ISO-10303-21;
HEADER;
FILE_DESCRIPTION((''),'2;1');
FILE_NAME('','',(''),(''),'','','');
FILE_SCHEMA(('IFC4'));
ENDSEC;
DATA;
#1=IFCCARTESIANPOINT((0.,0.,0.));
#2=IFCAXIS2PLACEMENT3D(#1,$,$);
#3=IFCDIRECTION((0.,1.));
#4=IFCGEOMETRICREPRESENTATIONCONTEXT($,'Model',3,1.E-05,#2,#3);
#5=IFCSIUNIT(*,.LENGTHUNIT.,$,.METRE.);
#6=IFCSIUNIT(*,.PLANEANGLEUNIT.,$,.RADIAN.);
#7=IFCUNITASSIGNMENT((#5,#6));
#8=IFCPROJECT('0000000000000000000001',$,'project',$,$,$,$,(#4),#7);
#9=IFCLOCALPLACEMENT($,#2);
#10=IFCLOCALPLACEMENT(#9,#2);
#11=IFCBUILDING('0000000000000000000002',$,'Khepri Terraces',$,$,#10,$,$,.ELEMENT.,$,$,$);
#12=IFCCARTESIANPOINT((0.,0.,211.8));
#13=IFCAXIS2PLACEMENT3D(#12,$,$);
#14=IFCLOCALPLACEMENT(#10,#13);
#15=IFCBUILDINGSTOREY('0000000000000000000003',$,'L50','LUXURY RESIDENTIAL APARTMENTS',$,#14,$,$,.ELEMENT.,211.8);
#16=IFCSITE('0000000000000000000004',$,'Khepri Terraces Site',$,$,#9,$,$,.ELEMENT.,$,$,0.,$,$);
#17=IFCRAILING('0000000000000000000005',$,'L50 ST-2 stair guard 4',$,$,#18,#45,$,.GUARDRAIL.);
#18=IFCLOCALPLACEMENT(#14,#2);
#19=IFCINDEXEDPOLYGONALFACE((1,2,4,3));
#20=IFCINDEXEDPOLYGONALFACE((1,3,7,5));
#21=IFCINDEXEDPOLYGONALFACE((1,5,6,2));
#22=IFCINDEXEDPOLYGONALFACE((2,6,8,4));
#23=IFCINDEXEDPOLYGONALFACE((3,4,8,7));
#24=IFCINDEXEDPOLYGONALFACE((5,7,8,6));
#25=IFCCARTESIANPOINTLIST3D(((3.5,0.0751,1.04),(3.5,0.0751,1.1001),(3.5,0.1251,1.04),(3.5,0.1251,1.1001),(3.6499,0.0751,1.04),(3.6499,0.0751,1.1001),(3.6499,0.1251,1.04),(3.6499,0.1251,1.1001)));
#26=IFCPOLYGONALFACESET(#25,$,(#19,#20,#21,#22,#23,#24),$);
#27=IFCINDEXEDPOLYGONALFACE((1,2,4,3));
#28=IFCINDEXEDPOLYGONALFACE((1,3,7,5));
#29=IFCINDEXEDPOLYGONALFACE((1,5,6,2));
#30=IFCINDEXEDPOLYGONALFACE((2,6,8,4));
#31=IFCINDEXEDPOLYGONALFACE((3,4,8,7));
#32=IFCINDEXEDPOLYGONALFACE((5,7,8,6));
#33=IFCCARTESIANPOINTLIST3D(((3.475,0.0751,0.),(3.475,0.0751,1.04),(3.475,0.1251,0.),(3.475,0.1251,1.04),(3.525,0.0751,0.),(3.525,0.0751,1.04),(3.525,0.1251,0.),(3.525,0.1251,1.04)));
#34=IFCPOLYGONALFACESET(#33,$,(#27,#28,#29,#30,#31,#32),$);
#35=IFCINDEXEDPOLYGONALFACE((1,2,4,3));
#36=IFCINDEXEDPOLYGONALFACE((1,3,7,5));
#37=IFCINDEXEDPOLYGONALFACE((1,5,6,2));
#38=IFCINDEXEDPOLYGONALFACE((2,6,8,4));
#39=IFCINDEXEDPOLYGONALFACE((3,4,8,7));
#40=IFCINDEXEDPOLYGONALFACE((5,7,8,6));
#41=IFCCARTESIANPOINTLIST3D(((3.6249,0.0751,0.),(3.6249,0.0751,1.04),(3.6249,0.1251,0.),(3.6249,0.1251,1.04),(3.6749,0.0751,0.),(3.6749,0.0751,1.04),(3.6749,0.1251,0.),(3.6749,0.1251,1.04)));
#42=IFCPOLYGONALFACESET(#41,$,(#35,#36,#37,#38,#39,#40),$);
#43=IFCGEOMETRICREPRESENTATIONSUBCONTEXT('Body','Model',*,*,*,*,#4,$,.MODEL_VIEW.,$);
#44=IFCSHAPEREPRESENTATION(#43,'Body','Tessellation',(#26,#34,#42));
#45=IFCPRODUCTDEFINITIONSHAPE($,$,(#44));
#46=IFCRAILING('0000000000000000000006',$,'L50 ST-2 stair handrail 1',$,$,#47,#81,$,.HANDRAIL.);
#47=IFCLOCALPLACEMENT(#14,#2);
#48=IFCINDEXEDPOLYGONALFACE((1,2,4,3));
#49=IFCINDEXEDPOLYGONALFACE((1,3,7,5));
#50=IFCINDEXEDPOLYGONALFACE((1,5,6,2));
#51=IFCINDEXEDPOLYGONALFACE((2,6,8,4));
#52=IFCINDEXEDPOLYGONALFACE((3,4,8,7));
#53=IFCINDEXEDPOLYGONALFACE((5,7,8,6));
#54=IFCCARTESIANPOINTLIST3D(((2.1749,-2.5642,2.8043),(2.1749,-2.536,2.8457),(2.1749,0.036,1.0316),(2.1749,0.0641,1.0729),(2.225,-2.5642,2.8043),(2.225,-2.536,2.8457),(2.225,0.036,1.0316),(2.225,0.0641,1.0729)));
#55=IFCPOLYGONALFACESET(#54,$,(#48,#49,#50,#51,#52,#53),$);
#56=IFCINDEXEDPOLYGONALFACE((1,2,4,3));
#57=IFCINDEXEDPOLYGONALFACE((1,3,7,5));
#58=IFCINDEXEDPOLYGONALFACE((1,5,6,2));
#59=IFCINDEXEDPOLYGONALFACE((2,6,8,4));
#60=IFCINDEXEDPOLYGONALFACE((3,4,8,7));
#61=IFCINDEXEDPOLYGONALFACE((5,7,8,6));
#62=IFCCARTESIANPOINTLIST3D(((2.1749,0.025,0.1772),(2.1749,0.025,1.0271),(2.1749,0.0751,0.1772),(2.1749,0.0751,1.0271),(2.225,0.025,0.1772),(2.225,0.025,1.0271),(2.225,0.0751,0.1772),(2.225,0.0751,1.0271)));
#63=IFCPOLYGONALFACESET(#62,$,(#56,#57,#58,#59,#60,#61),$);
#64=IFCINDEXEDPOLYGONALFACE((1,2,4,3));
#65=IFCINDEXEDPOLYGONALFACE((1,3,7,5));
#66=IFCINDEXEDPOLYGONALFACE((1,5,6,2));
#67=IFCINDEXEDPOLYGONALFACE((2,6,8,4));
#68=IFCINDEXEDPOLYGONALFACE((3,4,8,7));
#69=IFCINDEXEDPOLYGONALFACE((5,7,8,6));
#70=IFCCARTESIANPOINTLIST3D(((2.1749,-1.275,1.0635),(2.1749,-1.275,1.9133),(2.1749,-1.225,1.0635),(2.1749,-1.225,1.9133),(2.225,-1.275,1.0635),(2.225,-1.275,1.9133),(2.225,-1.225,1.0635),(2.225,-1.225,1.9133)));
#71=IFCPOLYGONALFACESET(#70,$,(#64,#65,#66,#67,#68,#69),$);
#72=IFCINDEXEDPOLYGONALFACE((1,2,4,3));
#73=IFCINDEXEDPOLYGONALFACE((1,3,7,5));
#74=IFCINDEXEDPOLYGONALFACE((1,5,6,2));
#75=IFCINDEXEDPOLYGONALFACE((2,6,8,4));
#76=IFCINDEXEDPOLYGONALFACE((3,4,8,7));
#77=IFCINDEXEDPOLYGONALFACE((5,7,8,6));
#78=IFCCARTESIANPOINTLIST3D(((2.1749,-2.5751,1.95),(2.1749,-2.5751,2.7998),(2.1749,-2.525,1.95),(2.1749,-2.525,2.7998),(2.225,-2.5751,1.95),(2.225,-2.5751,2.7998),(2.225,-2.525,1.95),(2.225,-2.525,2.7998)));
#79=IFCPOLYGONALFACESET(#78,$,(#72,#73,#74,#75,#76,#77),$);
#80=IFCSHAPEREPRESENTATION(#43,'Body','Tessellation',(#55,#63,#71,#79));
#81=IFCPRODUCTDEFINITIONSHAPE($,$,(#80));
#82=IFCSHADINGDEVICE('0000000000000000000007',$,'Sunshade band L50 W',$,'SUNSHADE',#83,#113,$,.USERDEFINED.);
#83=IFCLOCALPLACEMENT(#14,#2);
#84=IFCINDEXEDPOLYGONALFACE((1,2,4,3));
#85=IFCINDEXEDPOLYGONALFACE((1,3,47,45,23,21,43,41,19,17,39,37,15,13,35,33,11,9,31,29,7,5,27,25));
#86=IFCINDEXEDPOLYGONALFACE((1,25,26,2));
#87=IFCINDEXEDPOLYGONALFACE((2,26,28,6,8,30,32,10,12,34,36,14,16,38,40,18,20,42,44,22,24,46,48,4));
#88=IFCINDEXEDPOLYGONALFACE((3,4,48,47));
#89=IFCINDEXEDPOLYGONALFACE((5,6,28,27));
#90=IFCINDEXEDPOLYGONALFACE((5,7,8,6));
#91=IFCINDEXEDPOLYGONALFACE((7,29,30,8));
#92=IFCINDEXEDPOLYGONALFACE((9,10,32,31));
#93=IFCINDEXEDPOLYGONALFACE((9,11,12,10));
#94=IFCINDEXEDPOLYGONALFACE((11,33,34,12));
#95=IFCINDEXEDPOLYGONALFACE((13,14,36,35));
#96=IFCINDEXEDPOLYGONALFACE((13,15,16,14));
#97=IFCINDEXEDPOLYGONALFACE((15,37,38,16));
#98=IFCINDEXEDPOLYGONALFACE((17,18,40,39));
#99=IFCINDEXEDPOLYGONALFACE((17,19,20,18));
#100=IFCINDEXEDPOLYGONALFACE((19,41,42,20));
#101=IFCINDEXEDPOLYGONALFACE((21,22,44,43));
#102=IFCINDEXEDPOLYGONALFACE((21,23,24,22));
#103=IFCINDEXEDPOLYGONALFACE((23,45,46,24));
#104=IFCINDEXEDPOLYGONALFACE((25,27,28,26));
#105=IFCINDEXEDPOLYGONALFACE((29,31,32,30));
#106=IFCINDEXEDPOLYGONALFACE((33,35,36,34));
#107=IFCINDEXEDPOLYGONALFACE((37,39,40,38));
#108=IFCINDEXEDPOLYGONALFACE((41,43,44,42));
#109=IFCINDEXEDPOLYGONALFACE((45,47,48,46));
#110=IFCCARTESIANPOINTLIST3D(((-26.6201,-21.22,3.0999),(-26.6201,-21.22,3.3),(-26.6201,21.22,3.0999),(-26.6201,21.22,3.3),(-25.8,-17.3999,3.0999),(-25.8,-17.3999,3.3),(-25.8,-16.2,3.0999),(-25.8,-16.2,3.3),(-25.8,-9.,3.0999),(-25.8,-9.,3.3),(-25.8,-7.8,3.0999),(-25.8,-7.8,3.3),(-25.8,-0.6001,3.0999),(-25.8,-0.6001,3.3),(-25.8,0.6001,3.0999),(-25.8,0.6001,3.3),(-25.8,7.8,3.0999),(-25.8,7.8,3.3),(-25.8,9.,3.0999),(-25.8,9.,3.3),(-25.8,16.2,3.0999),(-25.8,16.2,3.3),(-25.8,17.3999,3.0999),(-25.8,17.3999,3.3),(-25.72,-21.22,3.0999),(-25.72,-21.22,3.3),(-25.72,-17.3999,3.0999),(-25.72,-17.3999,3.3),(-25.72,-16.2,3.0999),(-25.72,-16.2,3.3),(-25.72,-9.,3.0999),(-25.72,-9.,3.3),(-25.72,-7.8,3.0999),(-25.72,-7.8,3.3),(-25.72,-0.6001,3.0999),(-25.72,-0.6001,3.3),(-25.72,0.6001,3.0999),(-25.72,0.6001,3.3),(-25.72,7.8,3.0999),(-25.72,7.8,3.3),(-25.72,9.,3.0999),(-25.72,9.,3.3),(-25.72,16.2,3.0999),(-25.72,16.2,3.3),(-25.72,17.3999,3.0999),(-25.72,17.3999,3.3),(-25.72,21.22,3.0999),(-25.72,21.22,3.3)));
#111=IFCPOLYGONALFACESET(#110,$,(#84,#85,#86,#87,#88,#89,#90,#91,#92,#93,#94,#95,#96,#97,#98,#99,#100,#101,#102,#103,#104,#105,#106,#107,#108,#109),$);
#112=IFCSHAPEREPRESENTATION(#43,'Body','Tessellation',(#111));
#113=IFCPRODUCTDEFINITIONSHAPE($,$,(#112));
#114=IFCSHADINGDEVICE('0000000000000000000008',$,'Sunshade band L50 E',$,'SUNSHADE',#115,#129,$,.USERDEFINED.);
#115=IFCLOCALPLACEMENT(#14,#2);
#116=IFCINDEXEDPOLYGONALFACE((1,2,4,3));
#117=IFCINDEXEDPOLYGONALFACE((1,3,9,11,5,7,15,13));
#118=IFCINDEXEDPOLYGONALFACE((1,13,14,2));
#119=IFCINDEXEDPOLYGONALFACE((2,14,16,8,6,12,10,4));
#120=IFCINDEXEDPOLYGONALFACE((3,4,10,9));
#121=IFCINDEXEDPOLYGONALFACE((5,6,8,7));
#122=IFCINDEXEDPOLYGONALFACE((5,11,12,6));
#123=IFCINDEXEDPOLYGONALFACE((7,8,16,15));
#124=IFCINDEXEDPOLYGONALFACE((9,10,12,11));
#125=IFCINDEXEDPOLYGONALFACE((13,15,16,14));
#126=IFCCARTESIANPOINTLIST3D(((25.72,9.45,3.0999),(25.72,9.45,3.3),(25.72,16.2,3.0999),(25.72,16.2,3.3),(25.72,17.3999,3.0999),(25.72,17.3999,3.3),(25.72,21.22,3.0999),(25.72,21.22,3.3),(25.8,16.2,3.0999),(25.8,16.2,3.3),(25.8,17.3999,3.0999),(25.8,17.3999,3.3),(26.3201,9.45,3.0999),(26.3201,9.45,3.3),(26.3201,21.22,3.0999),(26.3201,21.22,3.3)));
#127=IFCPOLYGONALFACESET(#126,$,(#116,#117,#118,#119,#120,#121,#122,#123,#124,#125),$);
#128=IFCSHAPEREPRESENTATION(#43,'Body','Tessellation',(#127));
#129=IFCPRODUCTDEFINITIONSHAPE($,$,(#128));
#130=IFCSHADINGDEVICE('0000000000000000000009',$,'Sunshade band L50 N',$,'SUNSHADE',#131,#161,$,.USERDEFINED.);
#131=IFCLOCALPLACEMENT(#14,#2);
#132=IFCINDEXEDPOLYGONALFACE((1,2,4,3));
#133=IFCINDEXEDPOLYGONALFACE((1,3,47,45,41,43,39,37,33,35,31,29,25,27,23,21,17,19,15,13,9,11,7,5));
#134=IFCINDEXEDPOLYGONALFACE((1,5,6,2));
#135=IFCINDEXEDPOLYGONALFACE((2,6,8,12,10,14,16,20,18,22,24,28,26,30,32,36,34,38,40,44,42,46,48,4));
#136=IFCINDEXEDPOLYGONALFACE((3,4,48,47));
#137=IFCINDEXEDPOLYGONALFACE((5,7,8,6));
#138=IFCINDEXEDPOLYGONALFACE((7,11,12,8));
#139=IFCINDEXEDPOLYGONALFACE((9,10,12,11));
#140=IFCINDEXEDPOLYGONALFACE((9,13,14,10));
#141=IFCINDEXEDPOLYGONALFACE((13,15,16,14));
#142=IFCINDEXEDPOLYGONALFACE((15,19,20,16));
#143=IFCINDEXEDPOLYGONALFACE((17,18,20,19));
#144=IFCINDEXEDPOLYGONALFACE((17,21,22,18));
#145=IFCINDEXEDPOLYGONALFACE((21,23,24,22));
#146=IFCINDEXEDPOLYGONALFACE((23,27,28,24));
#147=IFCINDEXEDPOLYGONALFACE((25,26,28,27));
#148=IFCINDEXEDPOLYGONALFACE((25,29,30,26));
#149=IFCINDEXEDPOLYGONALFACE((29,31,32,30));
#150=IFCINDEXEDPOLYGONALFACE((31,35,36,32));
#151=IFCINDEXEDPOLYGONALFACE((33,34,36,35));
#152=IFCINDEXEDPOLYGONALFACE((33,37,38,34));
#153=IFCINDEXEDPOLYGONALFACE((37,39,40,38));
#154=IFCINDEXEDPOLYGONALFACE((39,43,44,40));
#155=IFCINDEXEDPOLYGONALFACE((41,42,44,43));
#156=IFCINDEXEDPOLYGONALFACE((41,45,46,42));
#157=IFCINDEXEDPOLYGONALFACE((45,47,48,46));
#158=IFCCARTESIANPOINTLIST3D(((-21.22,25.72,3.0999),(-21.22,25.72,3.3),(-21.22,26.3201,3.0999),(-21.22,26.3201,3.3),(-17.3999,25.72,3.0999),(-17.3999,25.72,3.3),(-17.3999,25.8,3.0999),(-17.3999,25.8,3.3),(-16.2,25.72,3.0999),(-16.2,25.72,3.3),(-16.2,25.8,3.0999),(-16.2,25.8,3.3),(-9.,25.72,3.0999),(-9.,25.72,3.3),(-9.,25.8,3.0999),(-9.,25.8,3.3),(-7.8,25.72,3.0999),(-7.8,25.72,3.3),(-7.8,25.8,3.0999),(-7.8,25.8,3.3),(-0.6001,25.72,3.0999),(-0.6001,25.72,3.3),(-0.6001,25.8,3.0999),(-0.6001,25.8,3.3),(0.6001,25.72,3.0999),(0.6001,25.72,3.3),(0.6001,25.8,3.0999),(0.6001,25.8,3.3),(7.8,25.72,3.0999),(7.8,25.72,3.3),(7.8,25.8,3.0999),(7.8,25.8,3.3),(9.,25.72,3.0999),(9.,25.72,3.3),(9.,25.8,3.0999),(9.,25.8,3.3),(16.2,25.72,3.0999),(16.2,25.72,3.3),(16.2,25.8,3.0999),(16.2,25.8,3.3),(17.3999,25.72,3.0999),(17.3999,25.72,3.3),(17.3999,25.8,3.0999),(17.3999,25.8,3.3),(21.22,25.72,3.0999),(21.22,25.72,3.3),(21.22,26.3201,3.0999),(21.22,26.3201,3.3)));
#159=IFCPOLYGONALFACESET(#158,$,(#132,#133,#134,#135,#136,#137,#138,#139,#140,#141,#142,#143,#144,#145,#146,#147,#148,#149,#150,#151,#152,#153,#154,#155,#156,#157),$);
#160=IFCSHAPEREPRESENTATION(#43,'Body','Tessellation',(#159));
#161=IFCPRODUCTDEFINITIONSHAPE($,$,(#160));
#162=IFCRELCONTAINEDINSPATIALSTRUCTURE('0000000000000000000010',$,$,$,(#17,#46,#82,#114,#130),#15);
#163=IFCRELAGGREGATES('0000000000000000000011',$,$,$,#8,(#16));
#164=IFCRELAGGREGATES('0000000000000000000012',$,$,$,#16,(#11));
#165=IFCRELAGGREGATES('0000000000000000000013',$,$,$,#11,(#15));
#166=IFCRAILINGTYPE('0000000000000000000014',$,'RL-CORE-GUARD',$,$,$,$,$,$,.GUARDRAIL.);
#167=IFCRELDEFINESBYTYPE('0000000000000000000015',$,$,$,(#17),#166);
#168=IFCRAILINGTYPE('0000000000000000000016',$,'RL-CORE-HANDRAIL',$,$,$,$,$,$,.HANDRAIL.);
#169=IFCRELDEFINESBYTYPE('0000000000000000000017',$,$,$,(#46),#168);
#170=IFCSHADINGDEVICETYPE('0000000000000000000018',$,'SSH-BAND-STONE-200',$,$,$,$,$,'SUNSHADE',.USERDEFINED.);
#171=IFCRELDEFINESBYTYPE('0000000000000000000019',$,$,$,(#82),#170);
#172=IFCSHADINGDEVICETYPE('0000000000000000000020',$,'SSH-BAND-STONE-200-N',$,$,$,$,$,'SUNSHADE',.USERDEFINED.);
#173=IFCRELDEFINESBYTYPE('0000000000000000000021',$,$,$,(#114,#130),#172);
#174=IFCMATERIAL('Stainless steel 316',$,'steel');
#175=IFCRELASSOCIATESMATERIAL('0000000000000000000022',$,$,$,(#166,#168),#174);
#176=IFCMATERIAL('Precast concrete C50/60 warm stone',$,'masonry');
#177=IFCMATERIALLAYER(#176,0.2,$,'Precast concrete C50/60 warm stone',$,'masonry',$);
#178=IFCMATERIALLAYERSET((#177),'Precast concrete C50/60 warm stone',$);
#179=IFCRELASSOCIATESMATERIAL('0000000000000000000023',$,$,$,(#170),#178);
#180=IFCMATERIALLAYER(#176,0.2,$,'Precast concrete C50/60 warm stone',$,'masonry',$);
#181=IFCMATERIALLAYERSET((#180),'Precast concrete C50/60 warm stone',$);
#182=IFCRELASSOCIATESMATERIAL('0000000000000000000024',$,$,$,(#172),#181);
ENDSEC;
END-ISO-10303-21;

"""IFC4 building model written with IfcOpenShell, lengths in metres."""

from ifc_helpers import new_model, si_unit, direction, frame, origin, origin_2d, place, context, subcontext, project, spatial, polyline, rectangle, outline, extrude, material, layer, layer_set, type_object, element, save


model = new_model("IFC4")

# Units and contexts
model_context = context("Model", 3, precision=1e-05, world=origin(), true_north=direction((0.0, 1.0)))
body_context = subcontext(model_context, "Body", "Model", "MODEL_VIEW")
ifc_project = project(units=[si_unit("LENGTHUNIT", "METRE"), si_unit("PLANEANGLEUNIT", "RADIAN")], contexts=[model_context])

# Site, building, storey
site_placement = place(None, origin())
site = spatial("IfcSite", under=ifc_project, at=site_placement, Name="Khepri Terraces Site", CompositionType="ELEMENT", RefElevation=0.0)
building_placement = place(site_placement, origin())
building = spatial("IfcBuilding", under=site, at=building_placement, Name="Khepri Terraces", CompositionType="ELEMENT")
storey_placement = place(building_placement, frame((0.0, 0.0, 211.8)))
storey = spatial("IfcBuildingStorey", under=building, at=storey_placement, Name="L50", Description="LUXURY RESIDENTIAL APARTMENTS", CompositionType="ELEMENT", Elevation=211.8)

# Railings
ifc_material_1 = material(Name="Stainless steel 316", Category="steel")
railing_type_1 = type_object("IfcRailingType", Name="RL-CORE-GUARD", PredefinedType="GUARDRAIL", material=ifc_material_1)
railing_1_placement = place(storey_placement, frame((3.5, 0.1001, 0.0)))
element("IfcRailing", 1, at=railing_1_placement, inside=storey, type_object=railing_type_1, Name="L50 ST-2 stair guard 4", PredefinedType="GUARDRAIL", context=body_context, shape_type="SweptSolid", body=[
    extrude(rectangle(XDim=0.05, YDim=0.0601, at=origin_2d()), frame((0.0, 0.0, 1.0701), z_axis=(1.0, 0.0, 0.0), x_axis=(0.0, 1.0, 0.0)), (0.0, 0.0, 1.0), 0.1499),
    extrude(rectangle(XDim=0.05, YDim=0.05, at=origin_2d()), origin(), (0.0, 0.0, 1.0), 1.04),
    extrude(rectangle(XDim=0.05, YDim=0.05, at=origin_2d()), frame((0.1499, 0.0, 0.0)), (0.0, 0.0, 1.0), 1.04),
])
railing_type_2 = type_object("IfcRailingType", Name="RL-CORE-HANDRAIL", PredefinedType="HANDRAIL", material=ifc_material_1)
railing_2_placement = place(storey_placement, frame((2.2, 0.05, 0.1772)))
element("IfcRailing", 2, at=railing_2_placement, inside=storey, type_object=railing_type_2, Name="L50 ST-2 stair handrail 1", PredefinedType="HANDRAIL", context=body_context, shape_type="SweptSolid", body=[
    extrude(rectangle(XDim=0.05, YDim=0.05, at=origin_2d()), frame((0.0, 0.0, 0.875), z_axis=(0.0, -0.82624, 0.563318), x_axis=(1.0, 0.0, 0.0)), (0.0, 0.0, 1.0), 3.147),
    extrude(rectangle(XDim=0.05, YDim=0.05, at=origin_2d()), origin(), (0.0, 0.0, 1.0), 0.8499),
    extrude(rectangle(XDim=0.05, YDim=0.05, at=origin_2d()), frame((0.0, -1.3, 0.8862)), (0.0, 0.0, 1.0), 0.8499),
    extrude(rectangle(XDim=0.05, YDim=0.05, at=origin_2d()), frame((0.0, -2.6001, 1.7727)), (0.0, 0.0, 1.0), 0.8499),
])

# Shading devices
ifc_material_2 = material(Name="Precast concrete C50/60 warm stone", Category="masonry")
ifc_layer_1 = layer(ifc_material_2, 0.2, Name="Precast concrete C50/60 warm stone", Category="masonry")
ifc_layer_set_1 = layer_set([ifc_layer_1], Name="Precast concrete C50/60 warm stone")
shading_device_type_1 = type_object("IfcShadingDeviceType", Name="SSH-BAND-STONE-200", ElementType="SUNSHADE", PredefinedType="USERDEFINED", material=ifc_layer_set_1)
shading_device_1_placement = place(storey_placement, frame((0.0, 0.0, 3.0999)))
element("IfcShadingDevice", 3, at=shading_device_1_placement, inside=storey, type_object=shading_device_type_1, Name="Sunshade band L50 W", ObjectType="SUNSHADE", PredefinedType="USERDEFINED", context=body_context, shape_type="SweptSolid", body=[
    extrude(outline(polyline([(-25.72, 17.3999), (-25.72, 21.22), (-26.6201, 21.22), (-26.6201, -21.22), (-25.72, -21.22), (-25.72, -17.3999), (-25.8, -17.3999), (-25.8, -16.2), (-25.72, -16.2), (-25.72, -9.0), (-25.8, -9.0), (-25.8, -7.8), (-25.72, -7.8), (-25.72, -0.6001), (-25.8, -0.6001), (-25.8, 0.6001), (-25.72, 0.6001), (-25.72, 7.8), (-25.8, 7.8), (-25.8, 9.0), (-25.72, 9.0), (-25.72, 16.2), (-25.8, 16.2), (-25.8, 17.3999), (-25.72, 17.3999)])), origin(), (0.0, 0.0, 1.0), 0.2002),
])
ifc_layer_2 = layer(ifc_material_2, 0.2, Name="Precast concrete C50/60 warm stone", Category="masonry")
ifc_layer_set_2 = layer_set([ifc_layer_2], Name="Precast concrete C50/60 warm stone")
shading_device_type_2 = type_object("IfcShadingDeviceType", Name="SSH-BAND-STONE-200-N", ElementType="SUNSHADE", PredefinedType="USERDEFINED", material=ifc_layer_set_2)
shading_device_2_placement = place(storey_placement, frame((0.0, 0.0, 3.0999)))
element("IfcShadingDevice", 4, at=shading_device_2_placement, inside=storey, type_object=shading_device_type_2, Name="Sunshade band L50 E", ObjectType="SUNSHADE", PredefinedType="USERDEFINED", context=body_context, shape_type="SweptSolid", body=[
    extrude(outline(polyline([(25.72, 16.2), (25.72, 9.45), (26.3201, 9.45), (26.3201, 21.22), (25.72, 21.22), (25.72, 17.3999), (25.8, 17.3999), (25.8, 16.2), (25.72, 16.2)])), origin(), (0.0, 0.0, 1.0), 0.2002),
])
shading_device_3_placement = place(storey_placement, frame((0.0, 0.0, 3.0999)))
element("IfcShadingDevice", 5, at=shading_device_3_placement, inside=storey, type_object=shading_device_type_2, Name="Sunshade band L50 N", ObjectType="SUNSHADE", PredefinedType="USERDEFINED", context=body_context, shape_type="SweptSolid", body=[
    extrude(outline(polyline([(17.3999, 25.72), (21.22, 25.72), (21.22, 26.3201), (-21.22, 26.3201), (-21.22, 25.72), (-17.3999, 25.72), (-17.3999, 25.8), (-16.2, 25.8), (-16.2, 25.72), (-9.0, 25.72), (-9.0, 25.8), (-7.8, 25.8), (-7.8, 25.72), (-0.6001, 25.72), (-0.6001, 25.8), (0.6001, 25.8), (0.6001, 25.72), (7.8, 25.72), (7.8, 25.8), (9.0, 25.8), (9.0, 25.72), (16.2, 25.72), (16.2, 25.8), (17.3999, 25.8), (17.3999, 25.72)])), origin(), (0.0, 0.0, 1.0), 0.2002),
])

save(model, "model.ifc")
